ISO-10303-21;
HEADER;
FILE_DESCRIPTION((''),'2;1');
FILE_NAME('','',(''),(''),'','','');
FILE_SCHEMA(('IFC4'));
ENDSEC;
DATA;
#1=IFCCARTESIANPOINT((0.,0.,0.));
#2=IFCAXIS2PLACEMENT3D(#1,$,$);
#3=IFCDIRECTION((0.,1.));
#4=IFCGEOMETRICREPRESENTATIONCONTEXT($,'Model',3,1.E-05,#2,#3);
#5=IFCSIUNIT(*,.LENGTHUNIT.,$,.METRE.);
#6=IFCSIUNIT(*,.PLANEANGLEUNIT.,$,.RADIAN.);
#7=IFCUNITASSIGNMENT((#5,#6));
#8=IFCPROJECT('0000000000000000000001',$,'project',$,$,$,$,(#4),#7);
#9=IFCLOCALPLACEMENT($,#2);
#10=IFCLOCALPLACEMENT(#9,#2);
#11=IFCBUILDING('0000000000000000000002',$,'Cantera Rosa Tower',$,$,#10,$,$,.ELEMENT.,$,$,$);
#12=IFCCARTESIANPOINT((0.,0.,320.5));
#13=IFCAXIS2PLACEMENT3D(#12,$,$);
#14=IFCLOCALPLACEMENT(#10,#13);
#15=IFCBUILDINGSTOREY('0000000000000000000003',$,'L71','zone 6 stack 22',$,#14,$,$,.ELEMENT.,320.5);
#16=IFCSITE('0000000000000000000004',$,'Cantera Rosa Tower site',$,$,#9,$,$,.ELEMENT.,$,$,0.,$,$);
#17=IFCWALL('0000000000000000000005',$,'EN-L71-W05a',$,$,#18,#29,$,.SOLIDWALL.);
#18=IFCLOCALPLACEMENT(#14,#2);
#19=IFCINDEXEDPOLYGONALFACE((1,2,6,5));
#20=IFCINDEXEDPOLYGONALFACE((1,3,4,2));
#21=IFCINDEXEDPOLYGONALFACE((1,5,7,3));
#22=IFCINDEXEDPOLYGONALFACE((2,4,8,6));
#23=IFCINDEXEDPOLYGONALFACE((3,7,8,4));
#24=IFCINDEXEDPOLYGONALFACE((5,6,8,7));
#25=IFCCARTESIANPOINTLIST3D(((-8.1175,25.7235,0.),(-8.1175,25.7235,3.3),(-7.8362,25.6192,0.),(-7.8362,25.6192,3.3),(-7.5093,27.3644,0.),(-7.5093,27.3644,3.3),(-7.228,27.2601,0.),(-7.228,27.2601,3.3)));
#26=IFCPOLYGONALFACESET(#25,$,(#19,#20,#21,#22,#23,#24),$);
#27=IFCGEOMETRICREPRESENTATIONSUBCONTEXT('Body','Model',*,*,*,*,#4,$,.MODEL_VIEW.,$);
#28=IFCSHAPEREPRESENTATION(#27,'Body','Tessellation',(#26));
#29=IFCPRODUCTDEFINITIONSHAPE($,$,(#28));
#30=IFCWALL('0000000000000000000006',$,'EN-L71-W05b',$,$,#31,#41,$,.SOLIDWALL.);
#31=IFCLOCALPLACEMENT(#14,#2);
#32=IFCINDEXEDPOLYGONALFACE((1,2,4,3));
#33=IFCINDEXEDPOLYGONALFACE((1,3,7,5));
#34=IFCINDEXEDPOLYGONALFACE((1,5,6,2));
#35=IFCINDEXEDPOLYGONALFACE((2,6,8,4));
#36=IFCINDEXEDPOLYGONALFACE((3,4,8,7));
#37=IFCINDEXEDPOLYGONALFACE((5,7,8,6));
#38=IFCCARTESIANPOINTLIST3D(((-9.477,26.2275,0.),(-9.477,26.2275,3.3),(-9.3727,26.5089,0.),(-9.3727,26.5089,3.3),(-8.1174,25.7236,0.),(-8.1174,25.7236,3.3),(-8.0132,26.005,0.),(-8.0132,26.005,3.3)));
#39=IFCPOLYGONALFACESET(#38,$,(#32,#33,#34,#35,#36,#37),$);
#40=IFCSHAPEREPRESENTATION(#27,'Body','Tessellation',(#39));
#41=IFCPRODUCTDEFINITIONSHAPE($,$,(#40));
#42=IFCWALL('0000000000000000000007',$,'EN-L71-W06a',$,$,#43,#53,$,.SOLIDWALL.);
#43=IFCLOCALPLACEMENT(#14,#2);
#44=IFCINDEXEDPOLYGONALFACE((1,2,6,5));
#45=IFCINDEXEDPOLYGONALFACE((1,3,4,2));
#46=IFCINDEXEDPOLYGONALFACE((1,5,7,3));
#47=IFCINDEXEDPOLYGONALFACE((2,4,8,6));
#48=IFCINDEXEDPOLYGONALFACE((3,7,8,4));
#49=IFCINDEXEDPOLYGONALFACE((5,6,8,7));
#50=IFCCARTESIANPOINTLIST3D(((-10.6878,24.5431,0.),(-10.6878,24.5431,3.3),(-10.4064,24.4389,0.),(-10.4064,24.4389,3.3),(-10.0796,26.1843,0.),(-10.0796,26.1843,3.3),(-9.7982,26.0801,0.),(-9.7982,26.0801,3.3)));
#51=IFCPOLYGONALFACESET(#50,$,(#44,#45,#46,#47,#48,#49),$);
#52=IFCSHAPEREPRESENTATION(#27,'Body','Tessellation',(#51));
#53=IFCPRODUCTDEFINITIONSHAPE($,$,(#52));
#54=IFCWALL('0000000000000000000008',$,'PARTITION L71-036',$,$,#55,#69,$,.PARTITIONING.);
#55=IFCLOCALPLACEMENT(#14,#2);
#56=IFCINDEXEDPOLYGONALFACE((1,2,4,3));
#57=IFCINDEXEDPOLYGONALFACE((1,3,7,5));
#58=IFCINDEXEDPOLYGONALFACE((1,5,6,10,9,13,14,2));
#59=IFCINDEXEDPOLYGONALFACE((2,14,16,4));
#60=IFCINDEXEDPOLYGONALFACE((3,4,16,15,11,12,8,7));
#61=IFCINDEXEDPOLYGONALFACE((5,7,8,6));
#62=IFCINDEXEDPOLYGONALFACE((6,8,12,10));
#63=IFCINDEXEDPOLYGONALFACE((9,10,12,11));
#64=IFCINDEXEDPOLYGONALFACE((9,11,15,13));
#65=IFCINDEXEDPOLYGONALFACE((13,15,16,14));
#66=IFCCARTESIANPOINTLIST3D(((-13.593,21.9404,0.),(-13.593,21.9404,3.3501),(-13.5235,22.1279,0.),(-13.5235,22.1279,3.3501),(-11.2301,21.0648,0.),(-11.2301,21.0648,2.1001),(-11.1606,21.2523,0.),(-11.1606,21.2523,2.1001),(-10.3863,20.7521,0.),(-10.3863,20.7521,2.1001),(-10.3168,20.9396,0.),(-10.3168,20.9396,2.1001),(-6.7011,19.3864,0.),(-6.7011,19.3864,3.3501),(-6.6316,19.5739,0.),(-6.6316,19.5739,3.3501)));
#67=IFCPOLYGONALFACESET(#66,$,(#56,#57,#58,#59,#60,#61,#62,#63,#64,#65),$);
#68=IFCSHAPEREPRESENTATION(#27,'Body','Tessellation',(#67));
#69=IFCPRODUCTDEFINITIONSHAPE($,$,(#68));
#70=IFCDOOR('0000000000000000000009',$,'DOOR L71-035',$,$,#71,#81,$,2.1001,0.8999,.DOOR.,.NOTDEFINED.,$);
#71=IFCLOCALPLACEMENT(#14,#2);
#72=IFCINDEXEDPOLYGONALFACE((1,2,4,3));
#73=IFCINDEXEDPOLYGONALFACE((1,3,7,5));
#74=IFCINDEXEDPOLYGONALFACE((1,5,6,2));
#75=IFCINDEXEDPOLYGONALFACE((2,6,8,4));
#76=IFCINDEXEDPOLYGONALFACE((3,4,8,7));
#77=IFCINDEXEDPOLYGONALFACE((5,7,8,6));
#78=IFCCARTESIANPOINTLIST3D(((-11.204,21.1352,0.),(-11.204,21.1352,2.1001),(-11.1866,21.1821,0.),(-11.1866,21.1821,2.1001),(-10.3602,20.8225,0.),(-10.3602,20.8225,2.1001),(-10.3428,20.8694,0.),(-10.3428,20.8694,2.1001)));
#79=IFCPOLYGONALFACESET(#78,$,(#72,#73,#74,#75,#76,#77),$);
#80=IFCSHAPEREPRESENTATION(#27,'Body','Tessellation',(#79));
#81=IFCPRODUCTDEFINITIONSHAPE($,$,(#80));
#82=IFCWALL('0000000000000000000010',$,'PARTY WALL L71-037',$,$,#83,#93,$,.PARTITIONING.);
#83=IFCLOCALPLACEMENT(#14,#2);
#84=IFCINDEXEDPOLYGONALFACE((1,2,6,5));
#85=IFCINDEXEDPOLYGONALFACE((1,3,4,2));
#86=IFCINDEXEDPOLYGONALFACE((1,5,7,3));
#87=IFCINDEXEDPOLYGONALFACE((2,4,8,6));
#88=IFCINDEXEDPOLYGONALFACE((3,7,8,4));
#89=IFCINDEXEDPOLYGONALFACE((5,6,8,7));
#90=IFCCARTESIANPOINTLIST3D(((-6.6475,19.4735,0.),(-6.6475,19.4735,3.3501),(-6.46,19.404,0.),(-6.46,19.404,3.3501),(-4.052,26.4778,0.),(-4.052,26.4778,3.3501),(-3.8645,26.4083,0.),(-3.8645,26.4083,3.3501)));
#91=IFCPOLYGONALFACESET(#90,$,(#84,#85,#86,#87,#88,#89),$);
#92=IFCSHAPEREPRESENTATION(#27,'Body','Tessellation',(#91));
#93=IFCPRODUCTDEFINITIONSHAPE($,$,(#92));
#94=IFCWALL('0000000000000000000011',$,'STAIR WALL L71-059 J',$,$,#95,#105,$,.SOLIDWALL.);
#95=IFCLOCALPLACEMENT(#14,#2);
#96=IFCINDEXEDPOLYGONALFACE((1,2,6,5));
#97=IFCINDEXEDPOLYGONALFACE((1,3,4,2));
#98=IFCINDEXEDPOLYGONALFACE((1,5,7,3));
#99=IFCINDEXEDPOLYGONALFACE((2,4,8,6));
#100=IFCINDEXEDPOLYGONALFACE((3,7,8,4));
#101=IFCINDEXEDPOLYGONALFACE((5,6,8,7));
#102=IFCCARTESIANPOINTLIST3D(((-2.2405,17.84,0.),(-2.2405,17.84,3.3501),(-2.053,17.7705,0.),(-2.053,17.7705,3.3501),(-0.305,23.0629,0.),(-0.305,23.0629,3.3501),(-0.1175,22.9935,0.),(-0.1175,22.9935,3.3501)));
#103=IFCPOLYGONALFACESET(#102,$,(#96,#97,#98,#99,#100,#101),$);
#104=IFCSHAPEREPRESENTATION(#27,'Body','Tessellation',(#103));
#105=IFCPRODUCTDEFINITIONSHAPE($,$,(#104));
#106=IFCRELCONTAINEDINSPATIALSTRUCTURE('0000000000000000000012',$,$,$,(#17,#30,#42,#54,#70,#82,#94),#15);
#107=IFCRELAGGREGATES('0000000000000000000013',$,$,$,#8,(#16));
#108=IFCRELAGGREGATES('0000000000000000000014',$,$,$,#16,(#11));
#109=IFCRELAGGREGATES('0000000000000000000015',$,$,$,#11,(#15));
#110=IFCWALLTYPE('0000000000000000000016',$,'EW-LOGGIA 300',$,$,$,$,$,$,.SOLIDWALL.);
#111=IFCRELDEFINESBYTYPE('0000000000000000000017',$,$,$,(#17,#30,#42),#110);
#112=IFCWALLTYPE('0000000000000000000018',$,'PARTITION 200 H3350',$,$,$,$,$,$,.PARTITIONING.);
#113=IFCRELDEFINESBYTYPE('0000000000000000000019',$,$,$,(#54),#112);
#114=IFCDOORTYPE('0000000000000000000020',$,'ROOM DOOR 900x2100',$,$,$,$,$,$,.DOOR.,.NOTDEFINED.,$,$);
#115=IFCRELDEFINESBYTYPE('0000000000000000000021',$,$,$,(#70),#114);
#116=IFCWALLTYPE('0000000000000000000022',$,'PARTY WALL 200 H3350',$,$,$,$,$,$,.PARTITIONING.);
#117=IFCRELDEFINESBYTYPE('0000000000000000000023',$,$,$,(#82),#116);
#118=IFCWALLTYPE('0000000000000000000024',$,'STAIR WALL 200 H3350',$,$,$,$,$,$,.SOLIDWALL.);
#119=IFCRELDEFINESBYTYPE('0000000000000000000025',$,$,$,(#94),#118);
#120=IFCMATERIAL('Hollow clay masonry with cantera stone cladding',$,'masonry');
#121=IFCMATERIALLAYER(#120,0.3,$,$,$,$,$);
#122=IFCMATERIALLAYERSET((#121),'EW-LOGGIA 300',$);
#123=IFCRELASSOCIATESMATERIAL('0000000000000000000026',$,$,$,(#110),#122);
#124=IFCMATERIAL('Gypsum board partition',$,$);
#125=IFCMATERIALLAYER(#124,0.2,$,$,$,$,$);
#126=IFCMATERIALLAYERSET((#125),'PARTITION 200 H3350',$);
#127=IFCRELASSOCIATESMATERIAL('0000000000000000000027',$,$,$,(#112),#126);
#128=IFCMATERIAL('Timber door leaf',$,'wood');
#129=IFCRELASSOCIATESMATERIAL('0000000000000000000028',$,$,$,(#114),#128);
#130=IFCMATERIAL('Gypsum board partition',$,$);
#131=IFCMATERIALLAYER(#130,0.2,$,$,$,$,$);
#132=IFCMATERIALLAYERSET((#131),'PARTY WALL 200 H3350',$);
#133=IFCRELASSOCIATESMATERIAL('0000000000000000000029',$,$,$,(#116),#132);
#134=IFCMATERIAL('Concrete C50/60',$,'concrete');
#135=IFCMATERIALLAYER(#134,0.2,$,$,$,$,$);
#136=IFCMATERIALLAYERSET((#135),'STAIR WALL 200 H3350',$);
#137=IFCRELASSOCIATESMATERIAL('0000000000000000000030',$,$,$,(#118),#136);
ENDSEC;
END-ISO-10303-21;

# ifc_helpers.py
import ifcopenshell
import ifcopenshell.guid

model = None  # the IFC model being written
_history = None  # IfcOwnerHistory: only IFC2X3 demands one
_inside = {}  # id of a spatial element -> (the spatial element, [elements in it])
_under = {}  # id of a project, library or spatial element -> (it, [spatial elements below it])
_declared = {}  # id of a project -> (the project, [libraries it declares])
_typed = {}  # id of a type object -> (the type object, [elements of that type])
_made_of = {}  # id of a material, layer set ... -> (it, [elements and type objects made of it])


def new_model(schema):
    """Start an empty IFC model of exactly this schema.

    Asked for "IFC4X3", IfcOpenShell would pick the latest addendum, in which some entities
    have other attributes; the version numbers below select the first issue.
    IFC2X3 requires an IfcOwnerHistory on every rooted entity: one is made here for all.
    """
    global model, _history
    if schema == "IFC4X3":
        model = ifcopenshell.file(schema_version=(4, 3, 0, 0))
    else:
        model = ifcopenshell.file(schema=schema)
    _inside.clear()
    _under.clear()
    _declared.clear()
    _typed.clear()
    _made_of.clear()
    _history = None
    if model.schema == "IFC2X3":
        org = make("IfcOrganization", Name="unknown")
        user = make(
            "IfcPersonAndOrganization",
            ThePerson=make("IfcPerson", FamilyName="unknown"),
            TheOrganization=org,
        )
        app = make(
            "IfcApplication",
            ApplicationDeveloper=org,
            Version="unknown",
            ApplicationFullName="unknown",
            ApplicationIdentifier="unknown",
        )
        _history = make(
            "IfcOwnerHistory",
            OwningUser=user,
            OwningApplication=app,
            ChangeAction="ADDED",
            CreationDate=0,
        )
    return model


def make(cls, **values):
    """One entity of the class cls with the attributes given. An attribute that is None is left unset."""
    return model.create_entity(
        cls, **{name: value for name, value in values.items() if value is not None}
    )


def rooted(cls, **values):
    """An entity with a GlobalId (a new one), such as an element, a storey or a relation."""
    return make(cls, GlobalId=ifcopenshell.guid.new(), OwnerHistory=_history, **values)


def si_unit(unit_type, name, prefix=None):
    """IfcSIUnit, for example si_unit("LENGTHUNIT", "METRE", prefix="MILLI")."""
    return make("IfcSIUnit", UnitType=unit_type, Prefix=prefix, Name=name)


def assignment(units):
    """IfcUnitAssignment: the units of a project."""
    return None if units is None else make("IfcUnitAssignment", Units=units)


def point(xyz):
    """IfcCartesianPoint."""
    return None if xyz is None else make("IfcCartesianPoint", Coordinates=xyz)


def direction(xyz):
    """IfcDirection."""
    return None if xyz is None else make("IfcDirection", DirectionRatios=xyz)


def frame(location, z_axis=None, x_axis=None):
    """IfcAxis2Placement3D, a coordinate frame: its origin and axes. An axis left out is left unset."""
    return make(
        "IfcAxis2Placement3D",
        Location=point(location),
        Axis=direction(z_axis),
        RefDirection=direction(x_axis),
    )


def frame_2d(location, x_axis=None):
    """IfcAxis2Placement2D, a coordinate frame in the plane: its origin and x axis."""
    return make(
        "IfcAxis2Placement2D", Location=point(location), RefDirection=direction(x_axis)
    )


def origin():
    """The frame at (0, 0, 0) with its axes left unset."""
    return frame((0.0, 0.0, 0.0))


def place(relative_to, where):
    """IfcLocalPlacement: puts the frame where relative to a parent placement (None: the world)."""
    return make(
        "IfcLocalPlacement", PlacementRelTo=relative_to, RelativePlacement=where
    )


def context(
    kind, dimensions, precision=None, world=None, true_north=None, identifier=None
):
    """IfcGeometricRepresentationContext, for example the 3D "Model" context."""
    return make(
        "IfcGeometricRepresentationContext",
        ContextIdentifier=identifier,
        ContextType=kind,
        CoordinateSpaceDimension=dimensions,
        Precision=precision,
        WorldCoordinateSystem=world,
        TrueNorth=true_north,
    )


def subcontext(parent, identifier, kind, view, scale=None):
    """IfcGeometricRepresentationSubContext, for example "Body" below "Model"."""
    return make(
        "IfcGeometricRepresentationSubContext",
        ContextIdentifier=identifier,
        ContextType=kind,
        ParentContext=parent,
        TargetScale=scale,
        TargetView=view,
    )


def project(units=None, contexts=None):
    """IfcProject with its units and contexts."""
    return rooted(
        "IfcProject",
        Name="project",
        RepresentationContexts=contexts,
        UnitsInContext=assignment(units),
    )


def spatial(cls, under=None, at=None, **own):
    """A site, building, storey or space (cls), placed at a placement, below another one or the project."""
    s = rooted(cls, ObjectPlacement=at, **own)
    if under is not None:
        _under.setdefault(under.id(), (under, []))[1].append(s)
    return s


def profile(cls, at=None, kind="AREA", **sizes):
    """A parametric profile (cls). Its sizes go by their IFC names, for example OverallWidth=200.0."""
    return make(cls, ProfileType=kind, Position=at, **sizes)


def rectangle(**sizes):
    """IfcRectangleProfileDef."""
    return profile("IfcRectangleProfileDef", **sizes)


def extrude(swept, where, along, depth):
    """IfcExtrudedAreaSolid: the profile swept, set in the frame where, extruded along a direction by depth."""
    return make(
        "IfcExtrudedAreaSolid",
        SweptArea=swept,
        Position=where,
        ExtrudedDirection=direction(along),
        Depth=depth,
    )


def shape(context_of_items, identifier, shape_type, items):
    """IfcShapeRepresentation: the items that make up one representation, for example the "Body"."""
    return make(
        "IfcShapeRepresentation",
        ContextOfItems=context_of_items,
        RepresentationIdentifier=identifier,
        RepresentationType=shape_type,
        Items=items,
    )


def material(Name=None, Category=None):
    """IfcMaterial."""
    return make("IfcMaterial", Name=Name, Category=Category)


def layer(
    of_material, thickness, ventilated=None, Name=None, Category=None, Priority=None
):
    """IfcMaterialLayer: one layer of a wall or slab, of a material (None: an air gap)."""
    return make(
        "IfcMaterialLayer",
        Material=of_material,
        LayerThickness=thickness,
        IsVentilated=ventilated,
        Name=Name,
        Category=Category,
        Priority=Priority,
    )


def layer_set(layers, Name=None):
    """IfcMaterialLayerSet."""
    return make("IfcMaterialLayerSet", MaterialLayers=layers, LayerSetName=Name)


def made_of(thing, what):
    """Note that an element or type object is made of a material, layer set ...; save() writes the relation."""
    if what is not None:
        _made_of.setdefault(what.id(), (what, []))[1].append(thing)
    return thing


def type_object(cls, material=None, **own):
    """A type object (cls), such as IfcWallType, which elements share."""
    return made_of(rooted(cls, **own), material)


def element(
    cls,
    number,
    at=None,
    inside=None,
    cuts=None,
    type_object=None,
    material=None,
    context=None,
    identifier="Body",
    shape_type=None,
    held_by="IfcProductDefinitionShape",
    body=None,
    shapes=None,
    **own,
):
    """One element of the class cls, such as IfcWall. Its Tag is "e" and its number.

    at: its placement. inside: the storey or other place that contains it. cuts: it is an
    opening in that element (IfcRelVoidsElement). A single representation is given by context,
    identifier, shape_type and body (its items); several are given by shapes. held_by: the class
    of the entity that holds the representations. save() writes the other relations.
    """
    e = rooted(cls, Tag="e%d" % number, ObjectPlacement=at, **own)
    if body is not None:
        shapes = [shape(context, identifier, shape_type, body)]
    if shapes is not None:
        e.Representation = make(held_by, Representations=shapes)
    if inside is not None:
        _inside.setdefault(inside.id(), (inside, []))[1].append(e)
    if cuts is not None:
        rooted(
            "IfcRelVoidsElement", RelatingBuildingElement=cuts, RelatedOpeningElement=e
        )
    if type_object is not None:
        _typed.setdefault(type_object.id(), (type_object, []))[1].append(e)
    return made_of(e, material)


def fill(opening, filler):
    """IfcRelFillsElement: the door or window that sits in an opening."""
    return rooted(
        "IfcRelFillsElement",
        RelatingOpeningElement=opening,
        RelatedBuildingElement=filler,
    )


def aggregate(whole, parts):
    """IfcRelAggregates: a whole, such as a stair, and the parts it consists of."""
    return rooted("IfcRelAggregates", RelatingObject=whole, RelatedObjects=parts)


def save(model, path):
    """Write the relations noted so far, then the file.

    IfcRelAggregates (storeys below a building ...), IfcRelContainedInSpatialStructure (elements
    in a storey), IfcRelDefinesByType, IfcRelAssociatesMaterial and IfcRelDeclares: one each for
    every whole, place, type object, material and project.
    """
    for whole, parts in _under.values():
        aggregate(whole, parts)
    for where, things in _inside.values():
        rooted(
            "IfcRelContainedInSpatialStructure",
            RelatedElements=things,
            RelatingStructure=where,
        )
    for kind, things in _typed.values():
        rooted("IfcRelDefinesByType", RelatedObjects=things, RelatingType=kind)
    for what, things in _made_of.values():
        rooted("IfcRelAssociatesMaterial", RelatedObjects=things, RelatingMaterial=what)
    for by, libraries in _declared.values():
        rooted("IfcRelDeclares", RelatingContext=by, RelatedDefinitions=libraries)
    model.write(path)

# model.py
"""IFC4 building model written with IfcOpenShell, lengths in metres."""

from ifc_helpers import new_model, si_unit, direction, frame, frame_2d, origin, place, context, subcontext, project, spatial, rectangle, extrude, material, layer, layer_set, type_object, element, fill, save


model = new_model("IFC4")

# Units and contexts
model_context = context("Model", 3, precision=1e-05, world=origin(), true_north=direction((0.0, 1.0)))
body_context = subcontext(model_context, "Body", "Model", "MODEL_VIEW")
ifc_project = project(units=[si_unit("LENGTHUNIT", "METRE"), si_unit("PLANEANGLEUNIT", "RADIAN")], contexts=[model_context])

# Site, building, storey
site_placement = place(None, origin())
site = spatial("IfcSite", under=ifc_project, at=site_placement, Name="Cantera Rosa Tower site", CompositionType="ELEMENT", RefElevation=0.0)
building_placement = place(site_placement, origin())
building = spatial("IfcBuilding", under=site, at=building_placement, Name="Cantera Rosa Tower", CompositionType="ELEMENT")
storey_placement = place(building_placement, frame((0.0, 0.0, 320.5)))
storey = spatial("IfcBuildingStorey", under=building, at=storey_placement, Name="L71", Description="zone 6 stack 22", CompositionType="ELEMENT", Elevation=320.5)

# Walls
ifc_material_1 = material(Name="Hollow clay masonry with cantera stone cladding", Category="masonry")
ifc_layer_1 = layer(ifc_material_1, 0.3)
ifc_layer_set_1 = layer_set([ifc_layer_1], Name="EW-LOGGIA 300")
wall_type_1 = type_object("IfcWallType", Name="EW-LOGGIA 300", PredefinedType="SOLIDWALL", material=ifc_layer_set_1)
wall_1_placement = place(storey_placement, frame((-7.3687, 27.3123, 0.0), z_axis=(0.0, 0.0, 1.0), x_axis=(-0.347528, -0.93767, 0.0)))
element("IfcWall", 1, at=wall_1_placement, inside=storey, type_object=wall_type_1, Name="EN-L71-W05a", PredefinedType="SOLIDWALL", context=body_context, shape_type="SweptSolid", body=[
    extrude(rectangle(XDim=1.75, YDim=0.3, at=frame_2d((0.875, 0.0))), origin(), (0.0, 0.0, 1.0), 3.3),
])
wall_2_placement = place(storey_placement, frame((-8.0652, 25.8643, 0.0), z_axis=(0.0, 0.0, 1.0), x_axis=(-0.937672, 0.347523, 0.0)))
element("IfcWall", 2, at=wall_2_placement, inside=storey, type_object=wall_type_1, Name="EN-L71-W05b", PredefinedType="SOLIDWALL", context=body_context, shape_type="SweptSolid", body=[
    extrude(rectangle(XDim=1.45, YDim=0.3, at=frame_2d((0.7251, 0.0))), origin(), (0.0, 0.0, 1.0), 3.3),
])
wall_3_placement = place(storey_placement, frame((-9.939, 26.1321, 0.0), z_axis=(0.0, 0.0, 1.0), x_axis=(-0.347482, -0.937686, 0.0)))
element("IfcWall", 3, at=wall_3_placement, inside=storey, type_object=wall_type_1, Name="EN-L71-W06a", PredefinedType="SOLIDWALL", context=body_context, shape_type="SweptSolid", body=[
    extrude(rectangle(XDim=1.7502, YDim=0.3, at=frame_2d((0.875, 0.0))), origin(), (0.0, 0.0, 1.0), 3.3),
])

# Wall, opening, door
ifc_material_2 = material(Name="Gypsum board partition")
ifc_layer_2 = layer(ifc_material_2, 0.2)
ifc_layer_set_2 = layer_set([ifc_layer_2], Name="PARTITION 200 H3350")
wall_type_2 = type_object("IfcWallType", Name="PARTITION 200 H3350", PredefinedType="PARTITIONING", material=ifc_layer_set_2)
wall_4_placement = place(storey_placement, frame((-6.6665, 19.4802, 0.0), z_axis=(0.0, 0.0, 1.0), x_axis=(-0.937686, 0.347484, 0.0)))
wall_4 = element("IfcWall", 4, at=wall_4_placement, inside=storey, type_object=wall_type_2, Name="PARTITION L71-036", PredefinedType="PARTITIONING", context=body_context, shape_type="SweptSolid", body=[
    extrude(rectangle(XDim=7.3499, YDim=0.2, at=frame_2d((3.6748, 0.0))), origin(), (0.0, 0.0, 1.0), 3.3501),
])
opening_placement = place(wall_4_placement, frame((3.9299, 0.0, 0.0)))
opening = element("IfcOpeningElement", 5, at=opening_placement, cuts=wall_4, PredefinedType="OPENING", context=body_context, shape_type="SweptSolid", body=[
    extrude(rectangle(XDim=0.8999, YDim=2.1001, at=frame_2d((0.45, 1.05))), frame((0.0, 0.1099, 0.0), z_axis=(0.0, -1.0, 0.0), x_axis=(1.0, 0.0, 0.0)), (0.0, 0.0, 1.0), 0.22),
])
ifc_material_3 = material(Name="Timber door leaf", Category="wood")
door_type = type_object("IfcDoorType", Name="ROOM DOOR 900x2100", OperationType="NOTDEFINED", PredefinedType="DOOR", material=ifc_material_3)
door_placement = place(opening_placement, origin())
door = element("IfcDoor", 6, at=door_placement, inside=storey, type_object=door_type, Name="DOOR L71-035", OperationType="NOTDEFINED", OverallHeight=2.1001, OverallWidth=0.8999, PredefinedType="DOOR", context=body_context, shape_type="SweptSolid", body=[
    extrude(rectangle(XDim=0.8999, YDim=2.1001, at=frame_2d((0.45, 1.05))), frame((0.0, 0.0249, 0.0), z_axis=(0.0, -1.0, 0.0), x_axis=(1.0, 0.0, 0.0)), (0.0, 0.0, 1.0), 0.05),
])
fill(opening, door)

# Walls
ifc_material_4 = material(Name="Gypsum board partition")
ifc_layer_3 = layer(ifc_material_4, 0.2)
ifc_layer_set_3 = layer_set([ifc_layer_3], Name="PARTY WALL 200 H3350")
wall_type_3 = type_object("IfcWallType", Name="PARTY WALL 200 H3350", PredefinedType="PARTITIONING", material=ifc_layer_set_3)
wall_5_placement = place(storey_placement, frame((-6.5537, 19.4387, 0.0), z_axis=(0.0, 0.0, 1.0), x_axis=(0.34746, 0.937695, 0.0)))
element("IfcWall", 7, at=wall_5_placement, inside=storey, type_object=wall_type_3, Name="PARTY WALL L71-037", PredefinedType="PARTITIONING", context=body_context, shape_type="SweptSolid", body=[
    extrude(rectangle(XDim=7.4697, YDim=0.2, at=frame_2d((3.7349, 0.0))), origin(), (0.0, 0.0, 1.0), 3.3501),
])
ifc_material_5 = material(Name="Concrete C50/60", Category="concrete")
ifc_layer_4 = layer(ifc_material_5, 0.2)
ifc_layer_set_4 = layer_set([ifc_layer_4], Name="STAIR WALL 200 H3350")
wall_type_4 = type_object("IfcWallType", Name="STAIR WALL 200 H3350", PredefinedType="SOLIDWALL", material=ifc_layer_set_4)
wall_6_placement = place(storey_placement, frame((-0.2112, 23.0283, 0.0), z_axis=(0.0, 0.0, 1.0), x_axis=(-0.347494, -0.937682, 0.0)))
element("IfcWall", 8, at=wall_6_placement, inside=storey, type_object=wall_type_4, Name="STAIR WALL L71-059 J", PredefinedType="SOLIDWALL", context=body_context, shape_type="SweptSolid", body=[
    extrude(rectangle(XDim=5.5701, YDim=0.2, at=frame_2d((2.7852, 0.0))), origin(), (0.0, 0.0, 1.0), 3.3501),
])

save(model, "model.ifc")
